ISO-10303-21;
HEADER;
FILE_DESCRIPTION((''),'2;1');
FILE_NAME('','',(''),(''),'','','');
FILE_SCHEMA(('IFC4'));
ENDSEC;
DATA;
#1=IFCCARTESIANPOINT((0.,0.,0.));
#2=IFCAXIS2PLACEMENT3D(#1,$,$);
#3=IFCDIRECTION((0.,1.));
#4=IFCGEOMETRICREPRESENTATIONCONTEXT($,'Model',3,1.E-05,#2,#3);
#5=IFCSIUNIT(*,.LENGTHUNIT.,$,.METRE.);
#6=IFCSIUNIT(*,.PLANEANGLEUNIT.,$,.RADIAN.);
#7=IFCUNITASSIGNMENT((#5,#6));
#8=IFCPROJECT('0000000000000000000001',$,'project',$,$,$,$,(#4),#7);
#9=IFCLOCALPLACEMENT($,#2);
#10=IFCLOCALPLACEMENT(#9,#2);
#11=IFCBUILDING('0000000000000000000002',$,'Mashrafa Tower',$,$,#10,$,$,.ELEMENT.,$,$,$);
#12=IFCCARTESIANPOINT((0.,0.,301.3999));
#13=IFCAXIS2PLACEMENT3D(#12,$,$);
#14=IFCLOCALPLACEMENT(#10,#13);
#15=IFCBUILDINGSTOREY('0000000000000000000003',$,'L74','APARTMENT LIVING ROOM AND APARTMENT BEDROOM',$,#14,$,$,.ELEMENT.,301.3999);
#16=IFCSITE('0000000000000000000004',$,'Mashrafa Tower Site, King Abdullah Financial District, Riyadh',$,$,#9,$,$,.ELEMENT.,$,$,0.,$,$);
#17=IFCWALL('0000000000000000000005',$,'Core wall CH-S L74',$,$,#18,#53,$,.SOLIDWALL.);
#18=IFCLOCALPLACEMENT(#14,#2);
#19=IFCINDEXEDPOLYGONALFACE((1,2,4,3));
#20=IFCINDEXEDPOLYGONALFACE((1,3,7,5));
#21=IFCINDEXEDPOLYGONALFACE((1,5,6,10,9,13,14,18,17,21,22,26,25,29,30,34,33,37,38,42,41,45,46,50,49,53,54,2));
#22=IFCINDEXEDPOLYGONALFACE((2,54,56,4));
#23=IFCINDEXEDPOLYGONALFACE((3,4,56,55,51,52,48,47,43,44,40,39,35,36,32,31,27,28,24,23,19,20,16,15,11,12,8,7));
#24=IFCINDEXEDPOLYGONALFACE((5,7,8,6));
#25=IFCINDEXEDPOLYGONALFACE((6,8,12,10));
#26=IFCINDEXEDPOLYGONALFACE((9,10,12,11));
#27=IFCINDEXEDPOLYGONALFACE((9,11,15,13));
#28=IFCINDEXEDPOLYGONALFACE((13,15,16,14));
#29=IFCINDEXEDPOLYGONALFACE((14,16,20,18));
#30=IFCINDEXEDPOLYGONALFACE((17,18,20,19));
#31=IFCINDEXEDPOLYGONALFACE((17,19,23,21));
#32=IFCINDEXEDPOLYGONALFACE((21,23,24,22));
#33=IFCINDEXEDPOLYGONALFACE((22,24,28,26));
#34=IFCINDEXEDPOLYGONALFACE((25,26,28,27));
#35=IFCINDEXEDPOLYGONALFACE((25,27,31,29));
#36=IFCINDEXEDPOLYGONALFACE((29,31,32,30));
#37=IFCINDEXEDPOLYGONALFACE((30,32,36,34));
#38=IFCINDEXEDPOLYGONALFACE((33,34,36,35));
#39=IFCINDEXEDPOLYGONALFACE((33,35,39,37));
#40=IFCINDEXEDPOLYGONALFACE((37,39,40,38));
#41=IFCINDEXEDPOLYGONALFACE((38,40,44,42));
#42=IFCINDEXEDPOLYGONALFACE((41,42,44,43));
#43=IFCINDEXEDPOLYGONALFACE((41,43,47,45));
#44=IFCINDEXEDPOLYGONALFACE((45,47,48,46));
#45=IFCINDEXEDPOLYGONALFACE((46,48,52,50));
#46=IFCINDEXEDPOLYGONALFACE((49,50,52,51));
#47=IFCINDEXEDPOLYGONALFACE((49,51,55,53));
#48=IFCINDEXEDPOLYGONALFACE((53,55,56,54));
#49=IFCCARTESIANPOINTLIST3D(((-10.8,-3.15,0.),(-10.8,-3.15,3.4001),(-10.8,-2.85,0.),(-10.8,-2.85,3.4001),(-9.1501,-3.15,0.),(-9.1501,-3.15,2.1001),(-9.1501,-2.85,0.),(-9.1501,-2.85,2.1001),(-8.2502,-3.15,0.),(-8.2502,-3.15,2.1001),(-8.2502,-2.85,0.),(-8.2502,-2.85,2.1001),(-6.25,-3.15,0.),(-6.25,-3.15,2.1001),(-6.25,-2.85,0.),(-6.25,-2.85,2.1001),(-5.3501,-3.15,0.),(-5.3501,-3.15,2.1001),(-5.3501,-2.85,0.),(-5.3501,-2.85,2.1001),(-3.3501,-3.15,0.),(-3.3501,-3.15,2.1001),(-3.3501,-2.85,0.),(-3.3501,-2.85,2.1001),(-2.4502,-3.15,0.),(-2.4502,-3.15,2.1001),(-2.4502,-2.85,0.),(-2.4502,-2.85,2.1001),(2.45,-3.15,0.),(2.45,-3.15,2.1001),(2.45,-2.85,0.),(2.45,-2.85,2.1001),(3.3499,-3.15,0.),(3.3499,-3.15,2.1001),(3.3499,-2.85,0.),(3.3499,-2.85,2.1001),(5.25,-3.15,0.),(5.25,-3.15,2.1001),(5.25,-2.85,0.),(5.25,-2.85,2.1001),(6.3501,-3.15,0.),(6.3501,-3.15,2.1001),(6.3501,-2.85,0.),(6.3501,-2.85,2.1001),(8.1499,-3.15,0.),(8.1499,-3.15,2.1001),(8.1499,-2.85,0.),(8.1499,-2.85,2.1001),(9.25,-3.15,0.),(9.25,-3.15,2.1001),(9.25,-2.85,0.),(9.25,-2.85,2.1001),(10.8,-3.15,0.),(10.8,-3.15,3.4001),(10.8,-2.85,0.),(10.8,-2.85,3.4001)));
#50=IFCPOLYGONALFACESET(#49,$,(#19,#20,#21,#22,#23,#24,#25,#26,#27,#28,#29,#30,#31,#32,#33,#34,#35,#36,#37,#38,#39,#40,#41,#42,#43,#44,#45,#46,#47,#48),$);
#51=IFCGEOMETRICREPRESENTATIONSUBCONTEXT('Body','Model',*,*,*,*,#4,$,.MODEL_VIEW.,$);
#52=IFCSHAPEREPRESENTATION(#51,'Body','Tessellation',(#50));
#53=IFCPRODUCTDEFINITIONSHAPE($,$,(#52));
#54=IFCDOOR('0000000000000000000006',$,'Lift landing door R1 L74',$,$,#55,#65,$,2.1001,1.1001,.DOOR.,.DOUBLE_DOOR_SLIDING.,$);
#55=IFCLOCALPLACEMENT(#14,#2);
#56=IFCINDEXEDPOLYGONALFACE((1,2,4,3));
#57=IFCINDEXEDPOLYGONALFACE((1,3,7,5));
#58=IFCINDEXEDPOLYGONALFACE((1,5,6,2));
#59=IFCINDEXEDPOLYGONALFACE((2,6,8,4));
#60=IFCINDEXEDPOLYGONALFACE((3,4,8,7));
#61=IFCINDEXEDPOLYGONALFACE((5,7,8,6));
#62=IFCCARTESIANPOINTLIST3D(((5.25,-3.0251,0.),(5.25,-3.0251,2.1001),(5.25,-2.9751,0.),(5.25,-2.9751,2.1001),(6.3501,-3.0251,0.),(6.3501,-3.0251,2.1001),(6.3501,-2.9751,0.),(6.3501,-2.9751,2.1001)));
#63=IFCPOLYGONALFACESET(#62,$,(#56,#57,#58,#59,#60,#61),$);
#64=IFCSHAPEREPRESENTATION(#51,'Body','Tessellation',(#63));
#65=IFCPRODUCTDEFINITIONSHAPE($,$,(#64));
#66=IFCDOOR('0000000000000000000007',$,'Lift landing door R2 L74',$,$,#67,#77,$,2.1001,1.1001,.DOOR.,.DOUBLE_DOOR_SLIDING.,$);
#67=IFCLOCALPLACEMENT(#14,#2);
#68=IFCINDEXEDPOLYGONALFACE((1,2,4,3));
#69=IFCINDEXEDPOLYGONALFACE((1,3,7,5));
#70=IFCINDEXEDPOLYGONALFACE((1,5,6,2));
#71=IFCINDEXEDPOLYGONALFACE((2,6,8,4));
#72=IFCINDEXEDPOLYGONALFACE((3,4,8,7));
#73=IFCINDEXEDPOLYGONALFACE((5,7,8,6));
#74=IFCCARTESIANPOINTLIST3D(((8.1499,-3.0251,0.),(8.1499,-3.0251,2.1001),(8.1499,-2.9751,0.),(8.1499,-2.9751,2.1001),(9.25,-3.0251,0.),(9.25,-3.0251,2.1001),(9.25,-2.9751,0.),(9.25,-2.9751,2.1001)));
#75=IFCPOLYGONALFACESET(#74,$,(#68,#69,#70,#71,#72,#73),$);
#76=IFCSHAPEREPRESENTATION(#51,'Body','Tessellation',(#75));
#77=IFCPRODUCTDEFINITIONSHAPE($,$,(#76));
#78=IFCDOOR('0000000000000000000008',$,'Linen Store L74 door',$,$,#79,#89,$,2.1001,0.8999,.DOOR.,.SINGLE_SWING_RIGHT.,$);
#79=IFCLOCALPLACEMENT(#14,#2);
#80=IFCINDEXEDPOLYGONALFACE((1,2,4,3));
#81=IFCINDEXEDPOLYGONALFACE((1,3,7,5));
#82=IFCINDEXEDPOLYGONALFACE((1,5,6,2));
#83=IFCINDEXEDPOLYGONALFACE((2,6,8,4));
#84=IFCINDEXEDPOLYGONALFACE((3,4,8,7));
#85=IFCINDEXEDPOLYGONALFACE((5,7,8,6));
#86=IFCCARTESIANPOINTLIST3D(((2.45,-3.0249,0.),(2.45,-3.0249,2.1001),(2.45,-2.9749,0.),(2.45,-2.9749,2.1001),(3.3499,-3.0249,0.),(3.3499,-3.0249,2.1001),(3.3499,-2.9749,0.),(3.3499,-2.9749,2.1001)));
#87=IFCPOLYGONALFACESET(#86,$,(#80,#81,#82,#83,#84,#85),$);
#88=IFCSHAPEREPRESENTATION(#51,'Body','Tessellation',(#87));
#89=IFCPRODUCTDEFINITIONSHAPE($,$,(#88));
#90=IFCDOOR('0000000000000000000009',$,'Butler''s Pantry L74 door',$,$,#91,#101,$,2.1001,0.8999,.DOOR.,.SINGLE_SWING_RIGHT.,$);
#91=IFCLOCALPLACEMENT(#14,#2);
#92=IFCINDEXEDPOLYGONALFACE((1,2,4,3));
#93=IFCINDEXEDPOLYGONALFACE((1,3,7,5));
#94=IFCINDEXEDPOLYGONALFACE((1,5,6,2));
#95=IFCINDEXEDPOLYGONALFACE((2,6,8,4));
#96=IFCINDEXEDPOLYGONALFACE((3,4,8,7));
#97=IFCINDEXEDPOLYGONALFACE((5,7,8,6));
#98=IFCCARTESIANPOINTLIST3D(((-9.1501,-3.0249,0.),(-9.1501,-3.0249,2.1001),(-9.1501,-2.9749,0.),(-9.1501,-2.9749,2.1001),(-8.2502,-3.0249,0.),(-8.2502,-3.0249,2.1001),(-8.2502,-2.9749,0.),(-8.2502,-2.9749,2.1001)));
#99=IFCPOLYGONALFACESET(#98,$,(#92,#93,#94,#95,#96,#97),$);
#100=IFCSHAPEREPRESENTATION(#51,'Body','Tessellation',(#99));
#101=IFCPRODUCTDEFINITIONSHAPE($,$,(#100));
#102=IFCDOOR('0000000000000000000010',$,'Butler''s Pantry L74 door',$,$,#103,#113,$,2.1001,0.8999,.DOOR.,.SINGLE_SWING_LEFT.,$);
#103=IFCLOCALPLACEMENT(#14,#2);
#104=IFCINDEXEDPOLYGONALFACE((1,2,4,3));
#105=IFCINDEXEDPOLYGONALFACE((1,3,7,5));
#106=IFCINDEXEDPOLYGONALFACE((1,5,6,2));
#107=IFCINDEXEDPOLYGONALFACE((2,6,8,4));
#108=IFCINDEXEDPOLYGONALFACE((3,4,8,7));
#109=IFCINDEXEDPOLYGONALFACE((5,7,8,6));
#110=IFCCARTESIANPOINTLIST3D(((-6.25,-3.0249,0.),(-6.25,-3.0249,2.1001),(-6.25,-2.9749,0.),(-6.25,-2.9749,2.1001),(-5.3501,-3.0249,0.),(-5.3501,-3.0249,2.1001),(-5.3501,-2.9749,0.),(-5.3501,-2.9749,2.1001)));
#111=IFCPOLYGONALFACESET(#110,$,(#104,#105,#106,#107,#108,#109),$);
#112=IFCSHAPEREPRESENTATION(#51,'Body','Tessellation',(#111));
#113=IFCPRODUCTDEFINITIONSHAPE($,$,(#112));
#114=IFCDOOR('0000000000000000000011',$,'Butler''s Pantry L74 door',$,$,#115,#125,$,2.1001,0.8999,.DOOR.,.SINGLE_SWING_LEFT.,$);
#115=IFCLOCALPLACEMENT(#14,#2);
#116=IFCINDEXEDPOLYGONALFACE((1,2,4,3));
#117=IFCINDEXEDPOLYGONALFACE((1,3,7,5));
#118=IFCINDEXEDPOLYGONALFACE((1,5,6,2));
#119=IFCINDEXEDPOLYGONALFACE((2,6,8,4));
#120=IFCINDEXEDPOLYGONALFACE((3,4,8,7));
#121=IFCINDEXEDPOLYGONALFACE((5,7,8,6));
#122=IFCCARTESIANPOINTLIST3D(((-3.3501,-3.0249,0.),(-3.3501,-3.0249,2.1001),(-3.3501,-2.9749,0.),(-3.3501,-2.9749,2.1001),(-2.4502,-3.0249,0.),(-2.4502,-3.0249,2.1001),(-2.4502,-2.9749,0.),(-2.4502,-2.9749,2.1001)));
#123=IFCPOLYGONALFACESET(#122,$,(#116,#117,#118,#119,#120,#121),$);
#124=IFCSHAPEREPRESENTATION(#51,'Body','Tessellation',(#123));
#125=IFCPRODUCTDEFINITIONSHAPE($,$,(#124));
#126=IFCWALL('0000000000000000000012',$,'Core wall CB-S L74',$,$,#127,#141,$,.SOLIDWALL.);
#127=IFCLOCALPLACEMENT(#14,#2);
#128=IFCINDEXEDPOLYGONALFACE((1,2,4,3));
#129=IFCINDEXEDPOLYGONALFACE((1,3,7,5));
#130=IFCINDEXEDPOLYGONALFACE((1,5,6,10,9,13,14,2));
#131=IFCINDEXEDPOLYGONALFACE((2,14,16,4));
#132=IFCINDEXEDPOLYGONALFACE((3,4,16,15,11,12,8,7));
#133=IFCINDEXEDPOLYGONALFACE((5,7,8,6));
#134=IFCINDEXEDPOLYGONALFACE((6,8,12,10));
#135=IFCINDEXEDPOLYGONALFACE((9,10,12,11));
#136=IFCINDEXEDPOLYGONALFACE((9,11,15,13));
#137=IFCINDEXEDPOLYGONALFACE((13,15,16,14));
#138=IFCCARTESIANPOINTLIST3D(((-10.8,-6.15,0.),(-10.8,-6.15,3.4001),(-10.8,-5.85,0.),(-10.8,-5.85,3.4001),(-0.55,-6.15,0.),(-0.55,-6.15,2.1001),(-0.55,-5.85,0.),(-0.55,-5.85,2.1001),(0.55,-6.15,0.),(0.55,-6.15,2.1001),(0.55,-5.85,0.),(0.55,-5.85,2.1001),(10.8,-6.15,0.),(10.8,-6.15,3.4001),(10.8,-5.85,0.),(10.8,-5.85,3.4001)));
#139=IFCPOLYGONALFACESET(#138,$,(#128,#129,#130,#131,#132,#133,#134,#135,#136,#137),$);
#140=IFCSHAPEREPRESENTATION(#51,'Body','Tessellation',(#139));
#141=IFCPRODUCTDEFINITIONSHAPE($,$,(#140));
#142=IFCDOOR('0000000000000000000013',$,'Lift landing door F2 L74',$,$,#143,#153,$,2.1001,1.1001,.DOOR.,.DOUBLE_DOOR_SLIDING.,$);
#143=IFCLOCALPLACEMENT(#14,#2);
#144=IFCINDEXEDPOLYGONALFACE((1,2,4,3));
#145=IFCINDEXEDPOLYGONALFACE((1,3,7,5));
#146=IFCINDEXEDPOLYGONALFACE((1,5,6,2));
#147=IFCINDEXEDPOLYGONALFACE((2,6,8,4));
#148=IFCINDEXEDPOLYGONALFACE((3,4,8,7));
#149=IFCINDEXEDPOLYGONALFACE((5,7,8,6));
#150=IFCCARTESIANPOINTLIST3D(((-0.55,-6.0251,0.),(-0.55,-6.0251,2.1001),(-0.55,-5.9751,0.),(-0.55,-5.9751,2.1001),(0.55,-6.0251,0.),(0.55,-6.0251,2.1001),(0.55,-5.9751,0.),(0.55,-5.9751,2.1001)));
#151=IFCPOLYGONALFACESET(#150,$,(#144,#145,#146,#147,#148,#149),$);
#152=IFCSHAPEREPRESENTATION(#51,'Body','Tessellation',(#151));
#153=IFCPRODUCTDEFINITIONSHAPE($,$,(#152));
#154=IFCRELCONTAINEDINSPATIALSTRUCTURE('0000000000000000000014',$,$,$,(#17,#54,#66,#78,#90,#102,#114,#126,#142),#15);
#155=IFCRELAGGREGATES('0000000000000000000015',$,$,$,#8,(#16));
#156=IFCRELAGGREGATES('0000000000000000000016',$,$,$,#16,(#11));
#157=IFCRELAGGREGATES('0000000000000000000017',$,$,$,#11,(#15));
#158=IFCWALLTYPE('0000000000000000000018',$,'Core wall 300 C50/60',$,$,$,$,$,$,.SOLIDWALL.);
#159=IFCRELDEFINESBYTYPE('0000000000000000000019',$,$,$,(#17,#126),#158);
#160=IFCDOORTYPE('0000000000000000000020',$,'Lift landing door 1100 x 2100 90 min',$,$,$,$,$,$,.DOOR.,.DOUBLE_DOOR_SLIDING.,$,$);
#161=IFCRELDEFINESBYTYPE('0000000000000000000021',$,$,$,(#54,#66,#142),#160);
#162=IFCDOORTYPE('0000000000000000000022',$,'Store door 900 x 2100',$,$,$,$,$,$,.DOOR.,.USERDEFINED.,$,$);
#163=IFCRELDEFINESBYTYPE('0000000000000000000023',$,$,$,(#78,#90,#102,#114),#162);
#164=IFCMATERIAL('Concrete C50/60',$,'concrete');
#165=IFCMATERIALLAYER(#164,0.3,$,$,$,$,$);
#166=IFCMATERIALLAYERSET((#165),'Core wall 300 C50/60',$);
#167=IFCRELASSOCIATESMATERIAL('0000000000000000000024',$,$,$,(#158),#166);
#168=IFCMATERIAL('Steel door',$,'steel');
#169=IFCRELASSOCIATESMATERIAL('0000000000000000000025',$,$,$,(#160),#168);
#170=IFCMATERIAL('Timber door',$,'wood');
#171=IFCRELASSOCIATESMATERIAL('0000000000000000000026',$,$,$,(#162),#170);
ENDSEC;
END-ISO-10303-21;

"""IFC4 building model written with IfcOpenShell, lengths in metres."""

from ifc_helpers import new_model, si_unit, direction, frame, frame_2d, origin, place, context, subcontext, project, spatial, rectangle, extrude, material, layer, layer_set, type_object, element, fill, save


model = new_model("IFC4")

# Units and contexts
model_context = context("Model", 3, precision=1e-05, world=origin(), true_north=direction((0.0, 1.0)))
body_context = subcontext(model_context, "Body", "Model", "MODEL_VIEW")
ifc_project = project(units=[si_unit("LENGTHUNIT", "METRE"), si_unit("PLANEANGLEUNIT", "RADIAN")], contexts=[model_context])

# Site, building, storey
site_placement = place(None, origin())
site = spatial("IfcSite", under=ifc_project, at=site_placement, Name="Mashrafa Tower Site, King Abdullah Financial District, Riyadh", CompositionType="ELEMENT", RefElevation=0.0)
building_placement = place(site_placement, origin())
building = spatial("IfcBuilding", under=site, at=building_placement, Name="Mashrafa Tower", CompositionType="ELEMENT")
storey_placement = place(building_placement, frame((0.0, 0.0, 301.3999)))
storey = spatial("IfcBuildingStorey", under=building, at=storey_placement, Name="L74", Description="APARTMENT LIVING ROOM AND APARTMENT BEDROOM", CompositionType="ELEMENT", Elevation=301.3999)

# Wall, openings, doors
ifc_material_1 = material(Name="Concrete C50/60", Category="concrete")
ifc_layer_1 = layer(ifc_material_1, 0.3)
ifc_layer_set_1 = layer_set([ifc_layer_1], Name="Core wall 300 C50/60")
wall_type_1 = type_object("IfcWallType", Name="Core wall 300 C50/60", PredefinedType="SOLIDWALL", material=ifc_layer_set_1)
wall_1_placement = place(storey_placement, frame((-10.8, -3.0, 0.0), z_axis=(0.0, 0.0, 1.0), x_axis=(1.0, 0.0, 0.0)))
wall_1 = element("IfcWall", 1, at=wall_1_placement, inside=storey, type_object=wall_type_1, Name="Core wall CH-S L74", PredefinedType="SOLIDWALL", context=body_context, shape_type="SweptSolid", body=[
    extrude(rectangle(XDim=21.6001, YDim=0.3, at=frame_2d((10.8, 0.0))), origin(), (0.0, 0.0, 1.0), 3.4001),
])
opening_1_placement = place(wall_1_placement, frame((13.25, 0.0, 0.0)))
opening_1 = element("IfcOpeningElement", 2, at=opening_1_placement, cuts=wall_1, PredefinedType="OPENING", context=body_context, shape_type="SweptSolid", body=[
    extrude(rectangle(XDim=0.8999, YDim=2.1001, at=frame_2d((0.45, 1.05))), frame((0.0, 0.1599, 0.0), z_axis=(0.0, -1.0, 0.0), x_axis=(1.0, 0.0, 0.0)), (0.0, 0.0, 1.0), 0.3201),
])
opening_2_placement = place(wall_1_placement, frame((1.6499, 0.0, 0.0)))
opening_2 = element("IfcOpeningElement", 3, at=opening_2_placement, cuts=wall_1, PredefinedType="OPENING", context=body_context, shape_type="SweptSolid", body=[
    extrude(rectangle(XDim=0.8999, YDim=2.1001, at=frame_2d((0.45, 1.05))), frame((0.0, 0.1599, 0.0), z_axis=(0.0, -1.0, 0.0), x_axis=(1.0, 0.0, 0.0)), (0.0, 0.0, 1.0), 0.3201),
])
opening_3_placement = place(wall_1_placement, frame((4.55, 0.0, 0.0)))
opening_3 = element("IfcOpeningElement", 4, at=opening_3_placement, cuts=wall_1, PredefinedType="OPENING", context=body_context, shape_type="SweptSolid", body=[
    extrude(rectangle(XDim=0.8999, YDim=2.1001, at=frame_2d((0.45, 1.05))), frame((0.0, 0.1599, 0.0), z_axis=(0.0, -1.0, 0.0), x_axis=(1.0, 0.0, 0.0)), (0.0, 0.0, 1.0), 0.3201),
])
opening_4_placement = place(wall_1_placement, frame((7.45, 0.0, 0.0)))
opening_4 = element("IfcOpeningElement", 5, at=opening_4_placement, cuts=wall_1, PredefinedType="OPENING", context=body_context, shape_type="SweptSolid", body=[
    extrude(rectangle(XDim=0.8999, YDim=2.1001, at=frame_2d((0.45, 1.05))), frame((0.0, 0.1599, 0.0), z_axis=(0.0, -1.0, 0.0), x_axis=(1.0, 0.0, 0.0)), (0.0, 0.0, 1.0), 0.3201),
])
opening_5_placement = place(wall_1_placement, frame((16.05, 0.0, 0.0)))
opening_5 = element("IfcOpeningElement", 6, at=opening_5_placement, cuts=wall_1, PredefinedType="OPENING", context=body_context, shape_type="SweptSolid", body=[
    extrude(rectangle(XDim=1.1001, YDim=2.1001, at=frame_2d((0.55, 1.05))), frame((0.0, 0.1599, 0.0), z_axis=(0.0, -1.0, 0.0), x_axis=(1.0, 0.0, 0.0)), (0.0, 0.0, 1.0), 0.3201),
])
opening_6_placement = place(wall_1_placement, frame((18.95, 0.0, 0.0)))
opening_6 = element("IfcOpeningElement", 7, at=opening_6_placement, cuts=wall_1, PredefinedType="OPENING", context=body_context, shape_type="SweptSolid", body=[
    extrude(rectangle(XDim=1.1001, YDim=2.1001, at=frame_2d((0.55, 1.05))), frame((0.0, 0.1599, 0.0), z_axis=(0.0, -1.0, 0.0), x_axis=(1.0, 0.0, 0.0)), (0.0, 0.0, 1.0), 0.3201),
])
ifc_material_2 = material(Name="Steel door", Category="steel")
door_type_1 = type_object("IfcDoorType", Name="Lift landing door 1100 x 2100 90 min", OperationType="DOUBLE_DOOR_SLIDING", PredefinedType="DOOR", material=ifc_material_2)
door_1_placement = place(opening_5_placement, origin())
door_1 = element("IfcDoor", 8, at=door_1_placement, inside=storey, type_object=door_type_1, Name="Lift landing door R1 L74", OperationType="DOUBLE_DOOR_SLIDING", OverallHeight=2.1001, OverallWidth=1.1001, PredefinedType="DOOR", context=body_context, shape_type="SweptSolid", body=[
    extrude(rectangle(XDim=1.1001, YDim=2.1001, at=frame_2d((0.55, 1.05))), frame((0.0, 0.0249, 0.0), z_axis=(0.0, -1.0, 0.0), x_axis=(1.0, 0.0, 0.0)), (0.0, 0.0, 1.0), 0.05),
])
fill(opening_5, door_1)
door_2_placement = place(opening_6_placement, origin())
door_2 = element("IfcDoor", 9, at=door_2_placement, inside=storey, type_object=door_type_1, Name="Lift landing door R2 L74", OperationType="DOUBLE_DOOR_SLIDING", OverallHeight=2.1001, OverallWidth=1.1001, PredefinedType="DOOR", context=body_context, shape_type="SweptSolid", body=[
    extrude(rectangle(XDim=1.1001, YDim=2.1001, at=frame_2d((0.55, 1.05))), frame((0.0, 0.0249, 0.0), z_axis=(0.0, -1.0, 0.0), x_axis=(1.0, 0.0, 0.0)), (0.0, 0.0, 1.0), 0.05),
])
fill(opening_6, door_2)
ifc_material_3 = material(Name="Timber door", Category="wood")
door_type_2 = type_object("IfcDoorType", Name="Store door 900 x 2100", OperationType="USERDEFINED", PredefinedType="DOOR", material=ifc_material_3)
door_3_placement = place(opening_1_placement, frame((0.8999, 0.0, 0.0), z_axis=(0.0, 0.0, 1.0), x_axis=(-1.0, 0.0, 0.0)))
door_3 = element("IfcDoor", 10, at=door_3_placement, inside=storey, type_object=door_type_2, Name="Linen Store L74 door", OperationType="SINGLE_SWING_RIGHT", OverallHeight=2.1001, OverallWidth=0.8999, PredefinedType="DOOR", context=body_context, shape_type="SweptSolid", body=[
    extrude(rectangle(XDim=0.8999, YDim=2.1001, at=frame_2d((0.45, 1.05))), frame((0.0, 0.0249, 0.0), z_axis=(0.0, -1.0, 0.0), x_axis=(1.0, 0.0, 0.0)), (0.0, 0.0, 1.0), 0.05),
])
fill(opening_1, door_3)
door_4_placement = place(opening_2_placement, frame((0.8999, 0.0, 0.0), z_axis=(0.0, 0.0, 1.0), x_axis=(-1.0, 0.0, 0.0)))
door_4 = element("IfcDoor", 11, at=door_4_placement, inside=storey, type_object=door_type_2, Name="Butler's Pantry L74 door", OperationType="SINGLE_SWING_RIGHT", OverallHeight=2.1001, OverallWidth=0.8999, PredefinedType="DOOR", context=body_context, shape_type="SweptSolid", body=[
    extrude(rectangle(XDim=0.8999, YDim=2.1001, at=frame_2d((0.45, 1.05))), frame((0.0, 0.0249, 0.0), z_axis=(0.0, -1.0, 0.0), x_axis=(1.0, 0.0, 0.0)), (0.0, 0.0, 1.0), 0.05),
])
fill(opening_2, door_4)
door_5_placement = place(opening_3_placement, frame((0.8999, 0.0, 0.0), z_axis=(0.0, 0.0, 1.0), x_axis=(-1.0, 0.0, 0.0)))
door_5 = element("IfcDoor", 12, at=door_5_placement, inside=storey, type_object=door_type_2, Name="Butler's Pantry L74 door", OperationType="SINGLE_SWING_LEFT", OverallHeight=2.1001, OverallWidth=0.8999, PredefinedType="DOOR", context=body_context, shape_type="SweptSolid", body=[
    extrude(rectangle(XDim=0.8999, YDim=2.1001, at=frame_2d((0.45, 1.05))), frame((0.0, 0.0249, 0.0), z_axis=(0.0, -1.0, 0.0), x_axis=(1.0, 0.0, 0.0)), (0.0, 0.0, 1.0), 0.05),
])
fill(opening_3, door_5)
door_6_placement = place(opening_4_placement, frame((0.8999, 0.0, 0.0), z_axis=(0.0, 0.0, 1.0), x_axis=(-1.0, 0.0, 0.0)))
door_6 = element("IfcDoor", 13, at=door_6_placement, inside=storey, type_object=door_type_2, Name="Butler's Pantry L74 door", OperationType="SINGLE_SWING_LEFT", OverallHeight=2.1001, OverallWidth=0.8999, PredefinedType="DOOR", context=body_context, shape_type="SweptSolid", body=[
    extrude(rectangle(XDim=0.8999, YDim=2.1001, at=frame_2d((0.45, 1.05))), frame((0.0, 0.0249, 0.0), z_axis=(0.0, -1.0, 0.0), x_axis=(1.0, 0.0, 0.0)), (0.0, 0.0, 1.0), 0.05),
])
fill(opening_4, door_6)

# Wall, opening, door
wall_2_placement = place(storey_placement, frame((-10.8, -6.0, 0.0), z_axis=(0.0, 0.0, 1.0), x_axis=(1.0, 0.0, 0.0)))
wall_2 = element("IfcWall", 14, at=wall_2_placement, inside=storey, type_object=wall_type_1, Name="Core wall CB-S L74", PredefinedType="SOLIDWALL", context=body_context, shape_type="SweptSolid", body=[
    extrude(rectangle(XDim=21.6001, YDim=0.3, at=frame_2d((10.8, 0.0))), origin(), (0.0, 0.0, 1.0), 3.4001),
])
opening_7_placement = place(wall_2_placement, frame((10.25, 0.0, 0.0)))
opening_7 = element("IfcOpeningElement", 15, at=opening_7_placement, cuts=wall_2, PredefinedType="OPENING", context=body_context, shape_type="SweptSolid", body=[
    extrude(rectangle(XDim=1.1001, YDim=2.1001, at=frame_2d((0.55, 1.05))), frame((0.0, 0.1599, 0.0), z_axis=(0.0, -1.0, 0.0), x_axis=(1.0, 0.0, 0.0)), (0.0, 0.0, 1.0), 0.3201),
])
door_7_placement = place(opening_7_placement, origin())
door_7 = element("IfcDoor", 16, at=door_7_placement, inside=storey, type_object=door_type_1, Name="Lift landing door F2 L74", OperationType="DOUBLE_DOOR_SLIDING", OverallHeight=2.1001, OverallWidth=1.1001, PredefinedType="DOOR", context=body_context, shape_type="SweptSolid", body=[
    extrude(rectangle(XDim=1.1001, YDim=2.1001, at=frame_2d((0.55, 1.05))), frame((0.0, 0.0249, 0.0), z_axis=(0.0, -1.0, 0.0), x_axis=(1.0, 0.0, 0.0)), (0.0, 0.0, 1.0), 0.05),
])
fill(opening_7, door_7)

save(model, "model.ifc")
